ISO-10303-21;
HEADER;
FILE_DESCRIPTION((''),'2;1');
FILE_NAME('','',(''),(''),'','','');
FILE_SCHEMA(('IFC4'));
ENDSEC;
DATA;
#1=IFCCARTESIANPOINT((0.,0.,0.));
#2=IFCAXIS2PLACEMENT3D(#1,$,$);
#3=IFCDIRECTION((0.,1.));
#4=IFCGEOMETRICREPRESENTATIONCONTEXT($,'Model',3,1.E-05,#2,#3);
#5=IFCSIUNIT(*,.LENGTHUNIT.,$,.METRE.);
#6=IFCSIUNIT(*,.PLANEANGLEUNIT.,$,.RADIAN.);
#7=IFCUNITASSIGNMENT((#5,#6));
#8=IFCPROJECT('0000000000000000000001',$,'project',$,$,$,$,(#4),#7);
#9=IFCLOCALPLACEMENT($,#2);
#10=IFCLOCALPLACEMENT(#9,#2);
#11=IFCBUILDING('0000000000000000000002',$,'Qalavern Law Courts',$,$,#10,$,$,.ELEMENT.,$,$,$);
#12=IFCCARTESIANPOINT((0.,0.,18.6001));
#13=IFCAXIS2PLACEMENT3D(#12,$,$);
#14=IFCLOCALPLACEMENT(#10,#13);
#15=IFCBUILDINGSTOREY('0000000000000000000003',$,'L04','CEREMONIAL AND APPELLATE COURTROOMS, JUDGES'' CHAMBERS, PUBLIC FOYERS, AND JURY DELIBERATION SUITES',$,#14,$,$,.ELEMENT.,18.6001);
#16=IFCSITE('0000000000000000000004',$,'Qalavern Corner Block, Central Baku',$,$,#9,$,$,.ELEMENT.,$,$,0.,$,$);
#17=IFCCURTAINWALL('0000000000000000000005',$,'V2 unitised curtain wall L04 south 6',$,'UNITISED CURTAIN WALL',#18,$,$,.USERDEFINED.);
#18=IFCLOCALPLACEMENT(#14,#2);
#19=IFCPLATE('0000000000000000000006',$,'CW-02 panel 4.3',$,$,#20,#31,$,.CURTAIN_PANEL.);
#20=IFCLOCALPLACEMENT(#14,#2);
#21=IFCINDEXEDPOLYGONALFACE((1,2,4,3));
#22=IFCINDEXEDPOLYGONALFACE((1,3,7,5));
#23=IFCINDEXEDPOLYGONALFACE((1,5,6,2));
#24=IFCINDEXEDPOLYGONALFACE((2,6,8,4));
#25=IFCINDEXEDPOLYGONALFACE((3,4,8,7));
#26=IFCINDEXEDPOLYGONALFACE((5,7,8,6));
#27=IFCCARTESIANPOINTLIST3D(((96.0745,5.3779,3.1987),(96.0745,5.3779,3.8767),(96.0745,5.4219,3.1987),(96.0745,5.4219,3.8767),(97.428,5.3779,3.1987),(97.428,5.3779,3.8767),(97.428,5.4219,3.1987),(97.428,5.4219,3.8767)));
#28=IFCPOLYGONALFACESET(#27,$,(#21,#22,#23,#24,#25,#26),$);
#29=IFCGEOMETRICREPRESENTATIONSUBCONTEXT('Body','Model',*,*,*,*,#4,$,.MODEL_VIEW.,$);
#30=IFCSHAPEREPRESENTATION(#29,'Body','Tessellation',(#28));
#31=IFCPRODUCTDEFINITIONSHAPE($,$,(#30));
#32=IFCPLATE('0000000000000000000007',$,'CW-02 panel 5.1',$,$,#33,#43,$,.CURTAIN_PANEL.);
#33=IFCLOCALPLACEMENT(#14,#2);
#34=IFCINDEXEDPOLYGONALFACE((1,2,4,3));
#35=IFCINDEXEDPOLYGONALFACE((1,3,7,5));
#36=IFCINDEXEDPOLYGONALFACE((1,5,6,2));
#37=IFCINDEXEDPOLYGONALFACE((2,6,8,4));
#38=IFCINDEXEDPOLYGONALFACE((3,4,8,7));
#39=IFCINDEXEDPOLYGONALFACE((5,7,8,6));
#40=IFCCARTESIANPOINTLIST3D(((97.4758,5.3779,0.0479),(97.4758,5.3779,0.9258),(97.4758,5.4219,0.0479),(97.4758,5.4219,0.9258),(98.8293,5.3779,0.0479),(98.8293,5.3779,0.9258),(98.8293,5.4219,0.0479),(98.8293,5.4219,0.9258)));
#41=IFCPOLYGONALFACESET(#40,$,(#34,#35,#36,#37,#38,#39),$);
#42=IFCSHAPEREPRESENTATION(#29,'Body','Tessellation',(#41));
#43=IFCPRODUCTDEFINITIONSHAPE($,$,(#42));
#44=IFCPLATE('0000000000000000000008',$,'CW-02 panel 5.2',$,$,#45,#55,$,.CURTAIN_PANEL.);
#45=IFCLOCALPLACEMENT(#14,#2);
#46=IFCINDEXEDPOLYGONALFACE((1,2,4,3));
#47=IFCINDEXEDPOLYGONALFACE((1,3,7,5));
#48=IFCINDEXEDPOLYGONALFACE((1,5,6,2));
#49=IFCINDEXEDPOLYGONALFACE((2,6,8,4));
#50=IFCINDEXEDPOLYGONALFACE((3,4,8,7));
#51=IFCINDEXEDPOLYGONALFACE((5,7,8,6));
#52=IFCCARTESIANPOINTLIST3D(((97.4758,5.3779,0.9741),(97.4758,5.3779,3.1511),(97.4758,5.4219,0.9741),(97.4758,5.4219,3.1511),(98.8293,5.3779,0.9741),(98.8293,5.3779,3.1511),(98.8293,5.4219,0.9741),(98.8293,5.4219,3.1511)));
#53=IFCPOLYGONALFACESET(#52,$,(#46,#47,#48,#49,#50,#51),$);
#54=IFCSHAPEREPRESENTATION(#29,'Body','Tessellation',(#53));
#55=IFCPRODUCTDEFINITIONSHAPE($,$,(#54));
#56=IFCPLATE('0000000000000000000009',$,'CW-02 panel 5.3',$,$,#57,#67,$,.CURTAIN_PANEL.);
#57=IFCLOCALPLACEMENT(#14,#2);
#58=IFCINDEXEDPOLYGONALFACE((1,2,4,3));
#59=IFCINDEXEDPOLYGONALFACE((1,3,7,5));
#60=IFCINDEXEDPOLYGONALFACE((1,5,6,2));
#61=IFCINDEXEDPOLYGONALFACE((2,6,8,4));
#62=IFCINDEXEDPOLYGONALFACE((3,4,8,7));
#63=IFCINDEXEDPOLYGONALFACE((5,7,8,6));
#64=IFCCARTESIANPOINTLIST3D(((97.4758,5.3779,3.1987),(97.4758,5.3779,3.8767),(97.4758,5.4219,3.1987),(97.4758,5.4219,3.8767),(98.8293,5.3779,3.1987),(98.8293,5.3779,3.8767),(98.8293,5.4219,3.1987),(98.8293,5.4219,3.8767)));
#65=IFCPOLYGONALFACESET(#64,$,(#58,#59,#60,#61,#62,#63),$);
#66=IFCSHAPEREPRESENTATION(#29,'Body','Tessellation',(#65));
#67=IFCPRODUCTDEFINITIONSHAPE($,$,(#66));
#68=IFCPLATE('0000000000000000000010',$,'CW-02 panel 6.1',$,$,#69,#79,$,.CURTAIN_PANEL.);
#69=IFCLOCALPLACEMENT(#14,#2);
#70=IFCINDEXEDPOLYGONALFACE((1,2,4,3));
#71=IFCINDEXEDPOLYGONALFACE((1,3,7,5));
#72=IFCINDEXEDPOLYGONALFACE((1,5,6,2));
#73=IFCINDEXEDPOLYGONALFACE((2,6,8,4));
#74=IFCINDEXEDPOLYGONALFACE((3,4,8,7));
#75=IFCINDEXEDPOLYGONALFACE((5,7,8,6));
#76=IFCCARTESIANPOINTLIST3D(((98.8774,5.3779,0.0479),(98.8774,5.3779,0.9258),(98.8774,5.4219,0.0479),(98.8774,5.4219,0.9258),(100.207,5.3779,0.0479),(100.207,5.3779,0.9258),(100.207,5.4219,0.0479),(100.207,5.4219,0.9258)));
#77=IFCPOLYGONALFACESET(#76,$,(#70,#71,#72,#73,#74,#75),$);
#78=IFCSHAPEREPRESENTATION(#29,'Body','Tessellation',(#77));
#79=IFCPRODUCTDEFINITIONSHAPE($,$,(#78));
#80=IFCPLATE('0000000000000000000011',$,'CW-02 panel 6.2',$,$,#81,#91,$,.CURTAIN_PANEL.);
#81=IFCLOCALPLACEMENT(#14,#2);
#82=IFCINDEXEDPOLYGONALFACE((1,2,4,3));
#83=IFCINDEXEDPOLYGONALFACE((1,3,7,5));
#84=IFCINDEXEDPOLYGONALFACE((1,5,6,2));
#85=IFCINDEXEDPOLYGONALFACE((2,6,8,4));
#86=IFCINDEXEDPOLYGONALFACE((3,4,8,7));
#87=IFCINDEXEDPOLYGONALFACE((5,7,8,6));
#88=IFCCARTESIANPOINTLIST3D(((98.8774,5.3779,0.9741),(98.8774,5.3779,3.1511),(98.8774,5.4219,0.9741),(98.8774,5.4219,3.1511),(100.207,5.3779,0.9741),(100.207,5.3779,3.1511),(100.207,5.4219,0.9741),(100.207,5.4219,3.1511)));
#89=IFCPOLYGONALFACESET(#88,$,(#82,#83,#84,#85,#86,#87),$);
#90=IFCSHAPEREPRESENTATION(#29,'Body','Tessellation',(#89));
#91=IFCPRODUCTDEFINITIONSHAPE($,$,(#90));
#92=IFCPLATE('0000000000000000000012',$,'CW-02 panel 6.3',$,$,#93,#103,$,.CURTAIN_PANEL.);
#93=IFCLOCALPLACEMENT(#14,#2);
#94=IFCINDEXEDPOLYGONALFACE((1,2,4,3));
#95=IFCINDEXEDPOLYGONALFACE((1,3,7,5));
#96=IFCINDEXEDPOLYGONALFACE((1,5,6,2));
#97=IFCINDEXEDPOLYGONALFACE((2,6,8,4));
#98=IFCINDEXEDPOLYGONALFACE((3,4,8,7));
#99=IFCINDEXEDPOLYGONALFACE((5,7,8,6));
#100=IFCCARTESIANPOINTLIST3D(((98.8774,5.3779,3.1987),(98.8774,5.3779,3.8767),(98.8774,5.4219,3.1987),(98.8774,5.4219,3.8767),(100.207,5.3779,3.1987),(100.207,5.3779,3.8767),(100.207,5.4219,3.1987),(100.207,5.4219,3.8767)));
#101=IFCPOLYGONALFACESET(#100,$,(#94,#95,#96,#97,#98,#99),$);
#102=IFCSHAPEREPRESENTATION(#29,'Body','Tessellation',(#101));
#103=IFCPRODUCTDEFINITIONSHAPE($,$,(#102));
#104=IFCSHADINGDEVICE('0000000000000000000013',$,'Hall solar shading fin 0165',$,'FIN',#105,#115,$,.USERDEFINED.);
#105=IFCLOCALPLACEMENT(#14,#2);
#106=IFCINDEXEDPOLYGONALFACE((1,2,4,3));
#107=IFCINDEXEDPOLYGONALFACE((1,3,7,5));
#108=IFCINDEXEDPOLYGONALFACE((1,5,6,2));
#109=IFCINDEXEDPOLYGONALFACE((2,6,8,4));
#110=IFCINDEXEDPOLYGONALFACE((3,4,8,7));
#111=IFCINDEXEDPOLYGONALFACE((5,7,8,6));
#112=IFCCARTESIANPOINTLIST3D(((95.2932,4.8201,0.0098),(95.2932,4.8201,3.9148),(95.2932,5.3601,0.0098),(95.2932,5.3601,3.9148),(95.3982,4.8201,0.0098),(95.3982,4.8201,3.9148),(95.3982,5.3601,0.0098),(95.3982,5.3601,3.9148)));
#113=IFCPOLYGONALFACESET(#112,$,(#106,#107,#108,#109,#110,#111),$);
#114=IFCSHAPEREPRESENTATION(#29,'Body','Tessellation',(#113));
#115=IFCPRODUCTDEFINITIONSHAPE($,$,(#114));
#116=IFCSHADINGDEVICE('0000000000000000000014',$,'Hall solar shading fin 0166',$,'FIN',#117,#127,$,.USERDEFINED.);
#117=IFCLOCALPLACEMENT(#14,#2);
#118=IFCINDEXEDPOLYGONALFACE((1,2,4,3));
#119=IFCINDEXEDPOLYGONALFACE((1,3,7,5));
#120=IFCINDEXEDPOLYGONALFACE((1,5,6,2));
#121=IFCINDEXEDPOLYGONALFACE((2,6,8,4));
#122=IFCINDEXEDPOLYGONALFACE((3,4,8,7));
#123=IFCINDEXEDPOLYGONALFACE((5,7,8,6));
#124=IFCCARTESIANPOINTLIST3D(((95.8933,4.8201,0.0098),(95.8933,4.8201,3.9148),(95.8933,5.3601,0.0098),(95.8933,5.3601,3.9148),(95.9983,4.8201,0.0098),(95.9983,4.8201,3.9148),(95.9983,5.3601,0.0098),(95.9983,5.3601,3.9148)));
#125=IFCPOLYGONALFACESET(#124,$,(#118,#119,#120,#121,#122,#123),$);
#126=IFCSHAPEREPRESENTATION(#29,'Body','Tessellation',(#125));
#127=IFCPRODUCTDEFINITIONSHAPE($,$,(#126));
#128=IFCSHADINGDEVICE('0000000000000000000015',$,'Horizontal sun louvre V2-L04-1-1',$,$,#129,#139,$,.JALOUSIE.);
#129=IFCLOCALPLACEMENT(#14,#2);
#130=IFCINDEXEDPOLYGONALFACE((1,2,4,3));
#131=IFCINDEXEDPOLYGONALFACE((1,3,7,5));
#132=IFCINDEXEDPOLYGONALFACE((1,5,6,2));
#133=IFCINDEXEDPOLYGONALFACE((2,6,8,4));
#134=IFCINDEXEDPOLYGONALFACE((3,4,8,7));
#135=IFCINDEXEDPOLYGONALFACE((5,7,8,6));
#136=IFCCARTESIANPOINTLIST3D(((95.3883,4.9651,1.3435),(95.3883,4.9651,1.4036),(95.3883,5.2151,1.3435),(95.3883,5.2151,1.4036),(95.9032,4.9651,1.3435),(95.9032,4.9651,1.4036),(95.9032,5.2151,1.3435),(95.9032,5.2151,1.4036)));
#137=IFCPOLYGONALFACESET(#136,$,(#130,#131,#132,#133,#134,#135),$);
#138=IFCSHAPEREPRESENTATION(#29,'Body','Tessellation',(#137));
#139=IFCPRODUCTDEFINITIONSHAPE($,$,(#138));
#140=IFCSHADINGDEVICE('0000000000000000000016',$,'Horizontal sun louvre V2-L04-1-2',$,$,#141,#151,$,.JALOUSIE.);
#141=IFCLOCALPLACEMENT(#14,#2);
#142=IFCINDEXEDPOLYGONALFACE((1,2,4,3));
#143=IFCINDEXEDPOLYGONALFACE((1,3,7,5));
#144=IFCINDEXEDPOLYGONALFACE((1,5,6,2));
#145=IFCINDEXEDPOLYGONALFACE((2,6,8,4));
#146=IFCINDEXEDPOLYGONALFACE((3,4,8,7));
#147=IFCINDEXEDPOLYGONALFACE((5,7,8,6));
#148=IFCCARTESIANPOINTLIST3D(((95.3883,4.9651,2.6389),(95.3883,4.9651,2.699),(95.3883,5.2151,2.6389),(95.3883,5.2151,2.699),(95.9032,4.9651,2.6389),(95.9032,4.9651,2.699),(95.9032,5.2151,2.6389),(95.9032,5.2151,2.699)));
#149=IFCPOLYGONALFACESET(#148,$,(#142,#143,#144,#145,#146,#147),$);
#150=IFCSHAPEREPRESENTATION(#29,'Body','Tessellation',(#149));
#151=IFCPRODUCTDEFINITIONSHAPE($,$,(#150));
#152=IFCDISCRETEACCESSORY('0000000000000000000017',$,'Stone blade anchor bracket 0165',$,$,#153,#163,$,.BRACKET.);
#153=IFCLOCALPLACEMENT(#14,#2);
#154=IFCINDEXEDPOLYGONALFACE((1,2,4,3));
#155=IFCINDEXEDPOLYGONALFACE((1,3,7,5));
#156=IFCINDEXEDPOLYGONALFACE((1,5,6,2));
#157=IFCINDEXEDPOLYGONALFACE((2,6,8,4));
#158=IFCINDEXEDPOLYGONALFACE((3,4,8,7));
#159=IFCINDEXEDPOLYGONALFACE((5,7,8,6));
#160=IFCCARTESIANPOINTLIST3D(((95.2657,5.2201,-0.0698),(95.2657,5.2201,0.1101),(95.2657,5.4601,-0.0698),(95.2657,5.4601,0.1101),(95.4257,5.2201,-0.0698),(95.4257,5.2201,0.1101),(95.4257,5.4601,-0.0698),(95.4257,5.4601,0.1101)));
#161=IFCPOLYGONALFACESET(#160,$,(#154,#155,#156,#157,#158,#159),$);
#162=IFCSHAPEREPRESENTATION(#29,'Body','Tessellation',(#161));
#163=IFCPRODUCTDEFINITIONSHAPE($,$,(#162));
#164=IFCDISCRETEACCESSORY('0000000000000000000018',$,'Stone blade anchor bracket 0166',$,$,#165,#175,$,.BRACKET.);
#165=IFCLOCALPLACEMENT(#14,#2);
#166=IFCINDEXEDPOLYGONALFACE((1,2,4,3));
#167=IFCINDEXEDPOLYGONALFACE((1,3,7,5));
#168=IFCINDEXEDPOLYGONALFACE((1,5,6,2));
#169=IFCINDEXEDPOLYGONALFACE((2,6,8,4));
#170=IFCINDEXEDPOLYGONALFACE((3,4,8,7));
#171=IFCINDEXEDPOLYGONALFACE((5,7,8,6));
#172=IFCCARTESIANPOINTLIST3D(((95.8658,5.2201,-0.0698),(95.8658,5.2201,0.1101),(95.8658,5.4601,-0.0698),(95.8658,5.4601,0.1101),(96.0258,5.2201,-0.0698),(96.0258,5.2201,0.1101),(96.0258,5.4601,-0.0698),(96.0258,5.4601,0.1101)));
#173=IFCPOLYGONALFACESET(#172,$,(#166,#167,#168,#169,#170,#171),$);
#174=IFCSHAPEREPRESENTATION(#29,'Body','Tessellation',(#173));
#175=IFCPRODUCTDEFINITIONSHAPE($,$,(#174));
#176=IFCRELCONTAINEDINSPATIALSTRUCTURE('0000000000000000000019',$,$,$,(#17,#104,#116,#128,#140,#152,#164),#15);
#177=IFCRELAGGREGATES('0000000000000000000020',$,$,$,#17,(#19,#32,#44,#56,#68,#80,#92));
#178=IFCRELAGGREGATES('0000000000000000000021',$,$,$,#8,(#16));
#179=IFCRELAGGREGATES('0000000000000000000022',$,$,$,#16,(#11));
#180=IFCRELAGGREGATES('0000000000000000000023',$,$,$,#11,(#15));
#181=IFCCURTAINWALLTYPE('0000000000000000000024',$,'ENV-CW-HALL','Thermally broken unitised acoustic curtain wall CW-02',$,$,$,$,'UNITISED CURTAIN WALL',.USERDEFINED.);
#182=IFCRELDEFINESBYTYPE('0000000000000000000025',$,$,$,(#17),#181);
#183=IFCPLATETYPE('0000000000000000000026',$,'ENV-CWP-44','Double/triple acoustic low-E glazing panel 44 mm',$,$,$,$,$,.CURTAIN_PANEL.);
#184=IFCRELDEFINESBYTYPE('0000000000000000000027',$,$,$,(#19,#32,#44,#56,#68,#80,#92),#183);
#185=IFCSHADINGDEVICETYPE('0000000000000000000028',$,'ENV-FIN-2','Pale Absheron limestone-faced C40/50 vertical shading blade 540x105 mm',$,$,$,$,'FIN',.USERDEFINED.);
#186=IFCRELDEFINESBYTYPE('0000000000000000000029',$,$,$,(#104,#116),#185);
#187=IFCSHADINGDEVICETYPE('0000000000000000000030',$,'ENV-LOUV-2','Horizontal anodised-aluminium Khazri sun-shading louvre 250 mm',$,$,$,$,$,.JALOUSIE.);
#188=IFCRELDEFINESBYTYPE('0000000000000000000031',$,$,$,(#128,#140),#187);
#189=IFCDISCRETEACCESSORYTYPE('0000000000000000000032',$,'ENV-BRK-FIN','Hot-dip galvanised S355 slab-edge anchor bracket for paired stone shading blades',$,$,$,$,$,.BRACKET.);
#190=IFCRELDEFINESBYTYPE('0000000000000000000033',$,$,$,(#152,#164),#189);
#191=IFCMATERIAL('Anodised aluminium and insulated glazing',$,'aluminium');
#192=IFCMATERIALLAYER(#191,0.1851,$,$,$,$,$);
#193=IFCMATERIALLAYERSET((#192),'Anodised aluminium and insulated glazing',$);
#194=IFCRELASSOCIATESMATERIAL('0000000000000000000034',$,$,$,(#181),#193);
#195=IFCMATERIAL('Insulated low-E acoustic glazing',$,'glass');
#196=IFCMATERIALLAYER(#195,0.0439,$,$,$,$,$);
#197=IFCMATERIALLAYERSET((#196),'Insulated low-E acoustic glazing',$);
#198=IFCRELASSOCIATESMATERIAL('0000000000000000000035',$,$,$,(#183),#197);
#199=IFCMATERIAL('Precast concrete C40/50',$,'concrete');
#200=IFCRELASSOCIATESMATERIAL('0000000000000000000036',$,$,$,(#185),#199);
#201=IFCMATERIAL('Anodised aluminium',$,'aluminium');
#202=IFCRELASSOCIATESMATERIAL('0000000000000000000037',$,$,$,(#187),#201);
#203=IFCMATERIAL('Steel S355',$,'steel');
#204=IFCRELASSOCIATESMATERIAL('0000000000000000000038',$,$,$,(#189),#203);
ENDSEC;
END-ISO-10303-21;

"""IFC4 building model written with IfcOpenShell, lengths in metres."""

from ifc_helpers import new_model, si_unit, direction, frame, origin, origin_2d, place, context, subcontext, project, spatial, rectangle, extrude, material, layer, layer_set, type_object, element, aggregate, save


model = new_model("IFC4")

# Units and contexts
model_context = context("Model", 3, precision=1e-05, world=origin(), true_north=direction((0.0, 1.0)))
body_context = subcontext(model_context, "Body", "Model", "MODEL_VIEW")
ifc_project = project(units=[si_unit("LENGTHUNIT", "METRE"), si_unit("PLANEANGLEUNIT", "RADIAN")], contexts=[model_context])

# Site, building, storey
site_placement = place(None, origin())
site = spatial("IfcSite", under=ifc_project, at=site_placement, Name="Qalavern Corner Block, Central Baku", CompositionType="ELEMENT", RefElevation=0.0)
building_placement = place(site_placement, origin())
building = spatial("IfcBuilding", under=site, at=building_placement, Name="Qalavern Law Courts", CompositionType="ELEMENT")
storey_placement = place(building_placement, frame((0.0, 0.0, 18.6001)))
storey = spatial("IfcBuildingStorey", under=building, at=storey_placement, Name="L04", Description="CEREMONIAL AND APPELLATE COURTROOMS, JUDGES' CHAMBERS, PUBLIC FOYERS, AND JURY DELIBERATION SUITES", CompositionType="ELEMENT", Elevation=18.6001)

# Curtain wall, plates
ifc_material_1 = material(Name="Anodised aluminium and insulated glazing", Category="aluminium")
ifc_layer_1 = layer(ifc_material_1, 0.1851)
ifc_layer_set_1 = layer_set([ifc_layer_1], Name="Anodised aluminium and insulated glazing")
curtain_wall_type = type_object("IfcCurtainWallType", Name="ENV-CW-HALL", Description="Thermally broken unitised acoustic curtain wall CW-02", ElementType="UNITISED CURTAIN WALL", PredefinedType="USERDEFINED", material=ifc_layer_set_1)
curtain_wall_placement = place(storey_placement, origin())
curtain_wall = element("IfcCurtainWall", 1, at=curtain_wall_placement, inside=storey, type_object=curtain_wall_type, Name="V2 unitised curtain wall L04 south 6", ObjectType="UNITISED CURTAIN WALL", PredefinedType="USERDEFINED")
ifc_material_2 = material(Name="Anodised aluminium", Category="aluminium")
ifc_material_3 = material(Name="Insulated low-E acoustic glazing", Category="glass")
ifc_layer_2 = layer(ifc_material_3, 0.0439)
ifc_layer_set_2 = layer_set([ifc_layer_2], Name="Insulated low-E acoustic glazing")
plate_type = type_object("IfcPlateType", Name="ENV-CWP-44", Description="Double/triple acoustic low-E glazing panel 44 mm", PredefinedType="CURTAIN_PANEL", material=ifc_layer_set_2)
plate_1_placement = place(storey_placement, frame((96.7512, 5.3999, 3.1987), z_axis=(0.0, 0.0, 1.0), x_axis=(1.0, 0.0, 0.0)))
plate_1 = element("IfcPlate", 2, at=plate_1_placement, type_object=plate_type, Name="CW-02 panel 4.3", PredefinedType="CURTAIN_PANEL", context=body_context, shape_type="SweptSolid", body=[
    extrude(rectangle(XDim=1.3535, YDim=0.0439, at=origin_2d()), origin(), (0.0, 0.0, 1.0), 0.678),
])
plate_2_placement = place(storey_placement, frame((98.1526, 5.3999, 0.0479), z_axis=(0.0, 0.0, 1.0), x_axis=(1.0, 0.0, 0.0)))
plate_2 = element("IfcPlate", 3, at=plate_2_placement, type_object=plate_type, Name="CW-02 panel 5.1", PredefinedType="CURTAIN_PANEL", context=body_context, shape_type="SweptSolid", body=[
    extrude(rectangle(XDim=1.3535, YDim=0.0439, at=origin_2d()), origin(), (0.0, 0.0, 1.0), 0.8779),
])
plate_3_placement = place(storey_placement, frame((98.1526, 5.3999, 0.9741), z_axis=(0.0, 0.0, 1.0), x_axis=(1.0, 0.0, 0.0)))
plate_3 = element("IfcPlate", 4, at=plate_3_placement, type_object=plate_type, Name="CW-02 panel 5.2", PredefinedType="CURTAIN_PANEL", context=body_context, shape_type="SweptSolid", body=[
    extrude(rectangle(XDim=1.3535, YDim=0.0439, at=origin_2d()), origin(), (0.0, 0.0, 1.0), 2.177),
])
plate_4_placement = place(storey_placement, frame((98.1526, 5.3999, 3.1987), z_axis=(0.0, 0.0, 1.0), x_axis=(1.0, 0.0, 0.0)))
plate_4 = element("IfcPlate", 5, at=plate_4_placement, type_object=plate_type, Name="CW-02 panel 5.3", PredefinedType="CURTAIN_PANEL", context=body_context, shape_type="SweptSolid", body=[
    extrude(rectangle(XDim=1.3535, YDim=0.0439, at=origin_2d()), origin(), (0.0, 0.0, 1.0), 0.678),
])
plate_5_placement = place(storey_placement, frame((99.5422, 5.3999, 0.0479), z_axis=(0.0, 0.0, 1.0), x_axis=(1.0, 0.0, 0.0)))
plate_5 = element("IfcPlate", 6, at=plate_5_placement, type_object=plate_type, Name="CW-02 panel 6.1", PredefinedType="CURTAIN_PANEL", context=body_context, shape_type="SweptSolid", body=[
    extrude(rectangle(XDim=1.3296, YDim=0.0439, at=origin_2d()), origin(), (0.0, 0.0, 1.0), 0.8779),
])
plate_6_placement = place(storey_placement, frame((99.5422, 5.3999, 0.9741), z_axis=(0.0, 0.0, 1.0), x_axis=(1.0, 0.0, 0.0)))
plate_6 = element("IfcPlate", 7, at=plate_6_placement, type_object=plate_type, Name="CW-02 panel 6.2", PredefinedType="CURTAIN_PANEL", context=body_context, shape_type="SweptSolid", body=[
    extrude(rectangle(XDim=1.3296, YDim=0.0439, at=origin_2d()), origin(), (0.0, 0.0, 1.0), 2.177),
])
plate_7_placement = place(storey_placement, frame((99.5422, 5.3999, 3.1987), z_axis=(0.0, 0.0, 1.0), x_axis=(1.0, 0.0, 0.0)))
plate_7 = element("IfcPlate", 8, at=plate_7_placement, type_object=plate_type, Name="CW-02 panel 6.3", PredefinedType="CURTAIN_PANEL", context=body_context, shape_type="SweptSolid", body=[
    extrude(rectangle(XDim=1.3296, YDim=0.0439, at=origin_2d()), origin(), (0.0, 0.0, 1.0), 0.678),
])
aggregate(curtain_wall, [plate_1, plate_2, plate_3, plate_4, plate_5, plate_6, plate_7])

# Shading devices
ifc_material_4 = material(Name="Precast concrete C40/50", Category="concrete")
shading_device_type_1 = type_object("IfcShadingDeviceType", Name="ENV-FIN-2", Description="Pale Absheron limestone-faced C40/50 vertical shading blade 540x105 mm", ElementType="FIN", PredefinedType="USERDEFINED", material=ifc_material_4)
for number, where, z_axis, x_axis, name in (
    (9, (95.3457, 5.0901, 0.0098), (0.0, 0.0, 1.0), (0.0, -1.0, 0.0), "Hall solar shading fin 0165"),
    (10, (95.9458, 5.0901, 0.0098), (0.0, 0.0, 1.0), (0.0, -1.0, 0.0), "Hall solar shading fin 0166"),
):
    element("IfcShadingDevice", number, at=place(storey_placement, frame(where, z_axis=z_axis, x_axis=x_axis)), inside=storey, type_object=shading_device_type_1, Name=name, ObjectType="FIN", PredefinedType="USERDEFINED", context=body_context, shape_type="SweptSolid", body=[
        extrude(rectangle(XDim=0.54, YDim=0.105, at=origin_2d()), origin(), (0.0, 0.0, 1.0), 3.905),
    ])
shading_device_type_2 = type_object("IfcShadingDeviceType", Name="ENV-LOUV-2", Description="Horizontal anodised-aluminium Khazri sun-shading louvre 250 mm", PredefinedType="JALOUSIE", material=ifc_material_2)
for number, where, z_axis, x_axis, name in (
    (11, (95.6458, 5.0901, 1.3435), (0.0, 0.0, 1.0), (1.0, 0.0, 0.0), "Horizontal sun louvre V2-L04-1-1"),
    (12, (95.6458, 5.0901, 2.6389), (0.0, 0.0, 1.0), (1.0, 0.0, 0.0), "Horizontal sun louvre V2-L04-1-2"),
):
    element("IfcShadingDevice", number, at=place(storey_placement, frame(where, z_axis=z_axis, x_axis=x_axis)), inside=storey, type_object=shading_device_type_2, Name=name, PredefinedType="JALOUSIE", context=body_context, shape_type="SweptSolid", body=[
        extrude(rectangle(XDim=0.5149, YDim=0.25, at=origin_2d()), origin(), (0.0, 0.0, 1.0), 0.0601),
    ])

# Discrete accessories
ifc_material_5 = material(Name="Steel S355", Category="steel")
discrete_accessory_type = type_object("IfcDiscreteAccessoryType", Name="ENV-BRK-FIN", Description="Hot-dip galvanised S355 slab-edge anchor bracket for paired stone shading blades", PredefinedType="BRACKET", material=ifc_material_5)
for number, where, z_axis, x_axis, name in (
    (13, (95.3457, 5.3401, -0.0698), (0.0, 0.0, 1.0), (0.0, -1.0, 0.0), "Stone blade anchor bracket 0165"),
    (14, (95.9458, 5.3401, -0.0698), (0.0, 0.0, 1.0), (0.0, -1.0, 0.0), "Stone blade anchor bracket 0166"),
):
    element("IfcDiscreteAccessory", number, at=place(storey_placement, frame(where, z_axis=z_axis, x_axis=x_axis)), inside=storey, type_object=discrete_accessory_type, Name=name, PredefinedType="BRACKET", context=body_context, shape_type="SweptSolid", body=[
        extrude(rectangle(XDim=0.24, YDim=0.1599, at=origin_2d()), origin(), (0.0, 0.0, 1.0), 0.1799),
    ])

save(model, "model.ifc")
